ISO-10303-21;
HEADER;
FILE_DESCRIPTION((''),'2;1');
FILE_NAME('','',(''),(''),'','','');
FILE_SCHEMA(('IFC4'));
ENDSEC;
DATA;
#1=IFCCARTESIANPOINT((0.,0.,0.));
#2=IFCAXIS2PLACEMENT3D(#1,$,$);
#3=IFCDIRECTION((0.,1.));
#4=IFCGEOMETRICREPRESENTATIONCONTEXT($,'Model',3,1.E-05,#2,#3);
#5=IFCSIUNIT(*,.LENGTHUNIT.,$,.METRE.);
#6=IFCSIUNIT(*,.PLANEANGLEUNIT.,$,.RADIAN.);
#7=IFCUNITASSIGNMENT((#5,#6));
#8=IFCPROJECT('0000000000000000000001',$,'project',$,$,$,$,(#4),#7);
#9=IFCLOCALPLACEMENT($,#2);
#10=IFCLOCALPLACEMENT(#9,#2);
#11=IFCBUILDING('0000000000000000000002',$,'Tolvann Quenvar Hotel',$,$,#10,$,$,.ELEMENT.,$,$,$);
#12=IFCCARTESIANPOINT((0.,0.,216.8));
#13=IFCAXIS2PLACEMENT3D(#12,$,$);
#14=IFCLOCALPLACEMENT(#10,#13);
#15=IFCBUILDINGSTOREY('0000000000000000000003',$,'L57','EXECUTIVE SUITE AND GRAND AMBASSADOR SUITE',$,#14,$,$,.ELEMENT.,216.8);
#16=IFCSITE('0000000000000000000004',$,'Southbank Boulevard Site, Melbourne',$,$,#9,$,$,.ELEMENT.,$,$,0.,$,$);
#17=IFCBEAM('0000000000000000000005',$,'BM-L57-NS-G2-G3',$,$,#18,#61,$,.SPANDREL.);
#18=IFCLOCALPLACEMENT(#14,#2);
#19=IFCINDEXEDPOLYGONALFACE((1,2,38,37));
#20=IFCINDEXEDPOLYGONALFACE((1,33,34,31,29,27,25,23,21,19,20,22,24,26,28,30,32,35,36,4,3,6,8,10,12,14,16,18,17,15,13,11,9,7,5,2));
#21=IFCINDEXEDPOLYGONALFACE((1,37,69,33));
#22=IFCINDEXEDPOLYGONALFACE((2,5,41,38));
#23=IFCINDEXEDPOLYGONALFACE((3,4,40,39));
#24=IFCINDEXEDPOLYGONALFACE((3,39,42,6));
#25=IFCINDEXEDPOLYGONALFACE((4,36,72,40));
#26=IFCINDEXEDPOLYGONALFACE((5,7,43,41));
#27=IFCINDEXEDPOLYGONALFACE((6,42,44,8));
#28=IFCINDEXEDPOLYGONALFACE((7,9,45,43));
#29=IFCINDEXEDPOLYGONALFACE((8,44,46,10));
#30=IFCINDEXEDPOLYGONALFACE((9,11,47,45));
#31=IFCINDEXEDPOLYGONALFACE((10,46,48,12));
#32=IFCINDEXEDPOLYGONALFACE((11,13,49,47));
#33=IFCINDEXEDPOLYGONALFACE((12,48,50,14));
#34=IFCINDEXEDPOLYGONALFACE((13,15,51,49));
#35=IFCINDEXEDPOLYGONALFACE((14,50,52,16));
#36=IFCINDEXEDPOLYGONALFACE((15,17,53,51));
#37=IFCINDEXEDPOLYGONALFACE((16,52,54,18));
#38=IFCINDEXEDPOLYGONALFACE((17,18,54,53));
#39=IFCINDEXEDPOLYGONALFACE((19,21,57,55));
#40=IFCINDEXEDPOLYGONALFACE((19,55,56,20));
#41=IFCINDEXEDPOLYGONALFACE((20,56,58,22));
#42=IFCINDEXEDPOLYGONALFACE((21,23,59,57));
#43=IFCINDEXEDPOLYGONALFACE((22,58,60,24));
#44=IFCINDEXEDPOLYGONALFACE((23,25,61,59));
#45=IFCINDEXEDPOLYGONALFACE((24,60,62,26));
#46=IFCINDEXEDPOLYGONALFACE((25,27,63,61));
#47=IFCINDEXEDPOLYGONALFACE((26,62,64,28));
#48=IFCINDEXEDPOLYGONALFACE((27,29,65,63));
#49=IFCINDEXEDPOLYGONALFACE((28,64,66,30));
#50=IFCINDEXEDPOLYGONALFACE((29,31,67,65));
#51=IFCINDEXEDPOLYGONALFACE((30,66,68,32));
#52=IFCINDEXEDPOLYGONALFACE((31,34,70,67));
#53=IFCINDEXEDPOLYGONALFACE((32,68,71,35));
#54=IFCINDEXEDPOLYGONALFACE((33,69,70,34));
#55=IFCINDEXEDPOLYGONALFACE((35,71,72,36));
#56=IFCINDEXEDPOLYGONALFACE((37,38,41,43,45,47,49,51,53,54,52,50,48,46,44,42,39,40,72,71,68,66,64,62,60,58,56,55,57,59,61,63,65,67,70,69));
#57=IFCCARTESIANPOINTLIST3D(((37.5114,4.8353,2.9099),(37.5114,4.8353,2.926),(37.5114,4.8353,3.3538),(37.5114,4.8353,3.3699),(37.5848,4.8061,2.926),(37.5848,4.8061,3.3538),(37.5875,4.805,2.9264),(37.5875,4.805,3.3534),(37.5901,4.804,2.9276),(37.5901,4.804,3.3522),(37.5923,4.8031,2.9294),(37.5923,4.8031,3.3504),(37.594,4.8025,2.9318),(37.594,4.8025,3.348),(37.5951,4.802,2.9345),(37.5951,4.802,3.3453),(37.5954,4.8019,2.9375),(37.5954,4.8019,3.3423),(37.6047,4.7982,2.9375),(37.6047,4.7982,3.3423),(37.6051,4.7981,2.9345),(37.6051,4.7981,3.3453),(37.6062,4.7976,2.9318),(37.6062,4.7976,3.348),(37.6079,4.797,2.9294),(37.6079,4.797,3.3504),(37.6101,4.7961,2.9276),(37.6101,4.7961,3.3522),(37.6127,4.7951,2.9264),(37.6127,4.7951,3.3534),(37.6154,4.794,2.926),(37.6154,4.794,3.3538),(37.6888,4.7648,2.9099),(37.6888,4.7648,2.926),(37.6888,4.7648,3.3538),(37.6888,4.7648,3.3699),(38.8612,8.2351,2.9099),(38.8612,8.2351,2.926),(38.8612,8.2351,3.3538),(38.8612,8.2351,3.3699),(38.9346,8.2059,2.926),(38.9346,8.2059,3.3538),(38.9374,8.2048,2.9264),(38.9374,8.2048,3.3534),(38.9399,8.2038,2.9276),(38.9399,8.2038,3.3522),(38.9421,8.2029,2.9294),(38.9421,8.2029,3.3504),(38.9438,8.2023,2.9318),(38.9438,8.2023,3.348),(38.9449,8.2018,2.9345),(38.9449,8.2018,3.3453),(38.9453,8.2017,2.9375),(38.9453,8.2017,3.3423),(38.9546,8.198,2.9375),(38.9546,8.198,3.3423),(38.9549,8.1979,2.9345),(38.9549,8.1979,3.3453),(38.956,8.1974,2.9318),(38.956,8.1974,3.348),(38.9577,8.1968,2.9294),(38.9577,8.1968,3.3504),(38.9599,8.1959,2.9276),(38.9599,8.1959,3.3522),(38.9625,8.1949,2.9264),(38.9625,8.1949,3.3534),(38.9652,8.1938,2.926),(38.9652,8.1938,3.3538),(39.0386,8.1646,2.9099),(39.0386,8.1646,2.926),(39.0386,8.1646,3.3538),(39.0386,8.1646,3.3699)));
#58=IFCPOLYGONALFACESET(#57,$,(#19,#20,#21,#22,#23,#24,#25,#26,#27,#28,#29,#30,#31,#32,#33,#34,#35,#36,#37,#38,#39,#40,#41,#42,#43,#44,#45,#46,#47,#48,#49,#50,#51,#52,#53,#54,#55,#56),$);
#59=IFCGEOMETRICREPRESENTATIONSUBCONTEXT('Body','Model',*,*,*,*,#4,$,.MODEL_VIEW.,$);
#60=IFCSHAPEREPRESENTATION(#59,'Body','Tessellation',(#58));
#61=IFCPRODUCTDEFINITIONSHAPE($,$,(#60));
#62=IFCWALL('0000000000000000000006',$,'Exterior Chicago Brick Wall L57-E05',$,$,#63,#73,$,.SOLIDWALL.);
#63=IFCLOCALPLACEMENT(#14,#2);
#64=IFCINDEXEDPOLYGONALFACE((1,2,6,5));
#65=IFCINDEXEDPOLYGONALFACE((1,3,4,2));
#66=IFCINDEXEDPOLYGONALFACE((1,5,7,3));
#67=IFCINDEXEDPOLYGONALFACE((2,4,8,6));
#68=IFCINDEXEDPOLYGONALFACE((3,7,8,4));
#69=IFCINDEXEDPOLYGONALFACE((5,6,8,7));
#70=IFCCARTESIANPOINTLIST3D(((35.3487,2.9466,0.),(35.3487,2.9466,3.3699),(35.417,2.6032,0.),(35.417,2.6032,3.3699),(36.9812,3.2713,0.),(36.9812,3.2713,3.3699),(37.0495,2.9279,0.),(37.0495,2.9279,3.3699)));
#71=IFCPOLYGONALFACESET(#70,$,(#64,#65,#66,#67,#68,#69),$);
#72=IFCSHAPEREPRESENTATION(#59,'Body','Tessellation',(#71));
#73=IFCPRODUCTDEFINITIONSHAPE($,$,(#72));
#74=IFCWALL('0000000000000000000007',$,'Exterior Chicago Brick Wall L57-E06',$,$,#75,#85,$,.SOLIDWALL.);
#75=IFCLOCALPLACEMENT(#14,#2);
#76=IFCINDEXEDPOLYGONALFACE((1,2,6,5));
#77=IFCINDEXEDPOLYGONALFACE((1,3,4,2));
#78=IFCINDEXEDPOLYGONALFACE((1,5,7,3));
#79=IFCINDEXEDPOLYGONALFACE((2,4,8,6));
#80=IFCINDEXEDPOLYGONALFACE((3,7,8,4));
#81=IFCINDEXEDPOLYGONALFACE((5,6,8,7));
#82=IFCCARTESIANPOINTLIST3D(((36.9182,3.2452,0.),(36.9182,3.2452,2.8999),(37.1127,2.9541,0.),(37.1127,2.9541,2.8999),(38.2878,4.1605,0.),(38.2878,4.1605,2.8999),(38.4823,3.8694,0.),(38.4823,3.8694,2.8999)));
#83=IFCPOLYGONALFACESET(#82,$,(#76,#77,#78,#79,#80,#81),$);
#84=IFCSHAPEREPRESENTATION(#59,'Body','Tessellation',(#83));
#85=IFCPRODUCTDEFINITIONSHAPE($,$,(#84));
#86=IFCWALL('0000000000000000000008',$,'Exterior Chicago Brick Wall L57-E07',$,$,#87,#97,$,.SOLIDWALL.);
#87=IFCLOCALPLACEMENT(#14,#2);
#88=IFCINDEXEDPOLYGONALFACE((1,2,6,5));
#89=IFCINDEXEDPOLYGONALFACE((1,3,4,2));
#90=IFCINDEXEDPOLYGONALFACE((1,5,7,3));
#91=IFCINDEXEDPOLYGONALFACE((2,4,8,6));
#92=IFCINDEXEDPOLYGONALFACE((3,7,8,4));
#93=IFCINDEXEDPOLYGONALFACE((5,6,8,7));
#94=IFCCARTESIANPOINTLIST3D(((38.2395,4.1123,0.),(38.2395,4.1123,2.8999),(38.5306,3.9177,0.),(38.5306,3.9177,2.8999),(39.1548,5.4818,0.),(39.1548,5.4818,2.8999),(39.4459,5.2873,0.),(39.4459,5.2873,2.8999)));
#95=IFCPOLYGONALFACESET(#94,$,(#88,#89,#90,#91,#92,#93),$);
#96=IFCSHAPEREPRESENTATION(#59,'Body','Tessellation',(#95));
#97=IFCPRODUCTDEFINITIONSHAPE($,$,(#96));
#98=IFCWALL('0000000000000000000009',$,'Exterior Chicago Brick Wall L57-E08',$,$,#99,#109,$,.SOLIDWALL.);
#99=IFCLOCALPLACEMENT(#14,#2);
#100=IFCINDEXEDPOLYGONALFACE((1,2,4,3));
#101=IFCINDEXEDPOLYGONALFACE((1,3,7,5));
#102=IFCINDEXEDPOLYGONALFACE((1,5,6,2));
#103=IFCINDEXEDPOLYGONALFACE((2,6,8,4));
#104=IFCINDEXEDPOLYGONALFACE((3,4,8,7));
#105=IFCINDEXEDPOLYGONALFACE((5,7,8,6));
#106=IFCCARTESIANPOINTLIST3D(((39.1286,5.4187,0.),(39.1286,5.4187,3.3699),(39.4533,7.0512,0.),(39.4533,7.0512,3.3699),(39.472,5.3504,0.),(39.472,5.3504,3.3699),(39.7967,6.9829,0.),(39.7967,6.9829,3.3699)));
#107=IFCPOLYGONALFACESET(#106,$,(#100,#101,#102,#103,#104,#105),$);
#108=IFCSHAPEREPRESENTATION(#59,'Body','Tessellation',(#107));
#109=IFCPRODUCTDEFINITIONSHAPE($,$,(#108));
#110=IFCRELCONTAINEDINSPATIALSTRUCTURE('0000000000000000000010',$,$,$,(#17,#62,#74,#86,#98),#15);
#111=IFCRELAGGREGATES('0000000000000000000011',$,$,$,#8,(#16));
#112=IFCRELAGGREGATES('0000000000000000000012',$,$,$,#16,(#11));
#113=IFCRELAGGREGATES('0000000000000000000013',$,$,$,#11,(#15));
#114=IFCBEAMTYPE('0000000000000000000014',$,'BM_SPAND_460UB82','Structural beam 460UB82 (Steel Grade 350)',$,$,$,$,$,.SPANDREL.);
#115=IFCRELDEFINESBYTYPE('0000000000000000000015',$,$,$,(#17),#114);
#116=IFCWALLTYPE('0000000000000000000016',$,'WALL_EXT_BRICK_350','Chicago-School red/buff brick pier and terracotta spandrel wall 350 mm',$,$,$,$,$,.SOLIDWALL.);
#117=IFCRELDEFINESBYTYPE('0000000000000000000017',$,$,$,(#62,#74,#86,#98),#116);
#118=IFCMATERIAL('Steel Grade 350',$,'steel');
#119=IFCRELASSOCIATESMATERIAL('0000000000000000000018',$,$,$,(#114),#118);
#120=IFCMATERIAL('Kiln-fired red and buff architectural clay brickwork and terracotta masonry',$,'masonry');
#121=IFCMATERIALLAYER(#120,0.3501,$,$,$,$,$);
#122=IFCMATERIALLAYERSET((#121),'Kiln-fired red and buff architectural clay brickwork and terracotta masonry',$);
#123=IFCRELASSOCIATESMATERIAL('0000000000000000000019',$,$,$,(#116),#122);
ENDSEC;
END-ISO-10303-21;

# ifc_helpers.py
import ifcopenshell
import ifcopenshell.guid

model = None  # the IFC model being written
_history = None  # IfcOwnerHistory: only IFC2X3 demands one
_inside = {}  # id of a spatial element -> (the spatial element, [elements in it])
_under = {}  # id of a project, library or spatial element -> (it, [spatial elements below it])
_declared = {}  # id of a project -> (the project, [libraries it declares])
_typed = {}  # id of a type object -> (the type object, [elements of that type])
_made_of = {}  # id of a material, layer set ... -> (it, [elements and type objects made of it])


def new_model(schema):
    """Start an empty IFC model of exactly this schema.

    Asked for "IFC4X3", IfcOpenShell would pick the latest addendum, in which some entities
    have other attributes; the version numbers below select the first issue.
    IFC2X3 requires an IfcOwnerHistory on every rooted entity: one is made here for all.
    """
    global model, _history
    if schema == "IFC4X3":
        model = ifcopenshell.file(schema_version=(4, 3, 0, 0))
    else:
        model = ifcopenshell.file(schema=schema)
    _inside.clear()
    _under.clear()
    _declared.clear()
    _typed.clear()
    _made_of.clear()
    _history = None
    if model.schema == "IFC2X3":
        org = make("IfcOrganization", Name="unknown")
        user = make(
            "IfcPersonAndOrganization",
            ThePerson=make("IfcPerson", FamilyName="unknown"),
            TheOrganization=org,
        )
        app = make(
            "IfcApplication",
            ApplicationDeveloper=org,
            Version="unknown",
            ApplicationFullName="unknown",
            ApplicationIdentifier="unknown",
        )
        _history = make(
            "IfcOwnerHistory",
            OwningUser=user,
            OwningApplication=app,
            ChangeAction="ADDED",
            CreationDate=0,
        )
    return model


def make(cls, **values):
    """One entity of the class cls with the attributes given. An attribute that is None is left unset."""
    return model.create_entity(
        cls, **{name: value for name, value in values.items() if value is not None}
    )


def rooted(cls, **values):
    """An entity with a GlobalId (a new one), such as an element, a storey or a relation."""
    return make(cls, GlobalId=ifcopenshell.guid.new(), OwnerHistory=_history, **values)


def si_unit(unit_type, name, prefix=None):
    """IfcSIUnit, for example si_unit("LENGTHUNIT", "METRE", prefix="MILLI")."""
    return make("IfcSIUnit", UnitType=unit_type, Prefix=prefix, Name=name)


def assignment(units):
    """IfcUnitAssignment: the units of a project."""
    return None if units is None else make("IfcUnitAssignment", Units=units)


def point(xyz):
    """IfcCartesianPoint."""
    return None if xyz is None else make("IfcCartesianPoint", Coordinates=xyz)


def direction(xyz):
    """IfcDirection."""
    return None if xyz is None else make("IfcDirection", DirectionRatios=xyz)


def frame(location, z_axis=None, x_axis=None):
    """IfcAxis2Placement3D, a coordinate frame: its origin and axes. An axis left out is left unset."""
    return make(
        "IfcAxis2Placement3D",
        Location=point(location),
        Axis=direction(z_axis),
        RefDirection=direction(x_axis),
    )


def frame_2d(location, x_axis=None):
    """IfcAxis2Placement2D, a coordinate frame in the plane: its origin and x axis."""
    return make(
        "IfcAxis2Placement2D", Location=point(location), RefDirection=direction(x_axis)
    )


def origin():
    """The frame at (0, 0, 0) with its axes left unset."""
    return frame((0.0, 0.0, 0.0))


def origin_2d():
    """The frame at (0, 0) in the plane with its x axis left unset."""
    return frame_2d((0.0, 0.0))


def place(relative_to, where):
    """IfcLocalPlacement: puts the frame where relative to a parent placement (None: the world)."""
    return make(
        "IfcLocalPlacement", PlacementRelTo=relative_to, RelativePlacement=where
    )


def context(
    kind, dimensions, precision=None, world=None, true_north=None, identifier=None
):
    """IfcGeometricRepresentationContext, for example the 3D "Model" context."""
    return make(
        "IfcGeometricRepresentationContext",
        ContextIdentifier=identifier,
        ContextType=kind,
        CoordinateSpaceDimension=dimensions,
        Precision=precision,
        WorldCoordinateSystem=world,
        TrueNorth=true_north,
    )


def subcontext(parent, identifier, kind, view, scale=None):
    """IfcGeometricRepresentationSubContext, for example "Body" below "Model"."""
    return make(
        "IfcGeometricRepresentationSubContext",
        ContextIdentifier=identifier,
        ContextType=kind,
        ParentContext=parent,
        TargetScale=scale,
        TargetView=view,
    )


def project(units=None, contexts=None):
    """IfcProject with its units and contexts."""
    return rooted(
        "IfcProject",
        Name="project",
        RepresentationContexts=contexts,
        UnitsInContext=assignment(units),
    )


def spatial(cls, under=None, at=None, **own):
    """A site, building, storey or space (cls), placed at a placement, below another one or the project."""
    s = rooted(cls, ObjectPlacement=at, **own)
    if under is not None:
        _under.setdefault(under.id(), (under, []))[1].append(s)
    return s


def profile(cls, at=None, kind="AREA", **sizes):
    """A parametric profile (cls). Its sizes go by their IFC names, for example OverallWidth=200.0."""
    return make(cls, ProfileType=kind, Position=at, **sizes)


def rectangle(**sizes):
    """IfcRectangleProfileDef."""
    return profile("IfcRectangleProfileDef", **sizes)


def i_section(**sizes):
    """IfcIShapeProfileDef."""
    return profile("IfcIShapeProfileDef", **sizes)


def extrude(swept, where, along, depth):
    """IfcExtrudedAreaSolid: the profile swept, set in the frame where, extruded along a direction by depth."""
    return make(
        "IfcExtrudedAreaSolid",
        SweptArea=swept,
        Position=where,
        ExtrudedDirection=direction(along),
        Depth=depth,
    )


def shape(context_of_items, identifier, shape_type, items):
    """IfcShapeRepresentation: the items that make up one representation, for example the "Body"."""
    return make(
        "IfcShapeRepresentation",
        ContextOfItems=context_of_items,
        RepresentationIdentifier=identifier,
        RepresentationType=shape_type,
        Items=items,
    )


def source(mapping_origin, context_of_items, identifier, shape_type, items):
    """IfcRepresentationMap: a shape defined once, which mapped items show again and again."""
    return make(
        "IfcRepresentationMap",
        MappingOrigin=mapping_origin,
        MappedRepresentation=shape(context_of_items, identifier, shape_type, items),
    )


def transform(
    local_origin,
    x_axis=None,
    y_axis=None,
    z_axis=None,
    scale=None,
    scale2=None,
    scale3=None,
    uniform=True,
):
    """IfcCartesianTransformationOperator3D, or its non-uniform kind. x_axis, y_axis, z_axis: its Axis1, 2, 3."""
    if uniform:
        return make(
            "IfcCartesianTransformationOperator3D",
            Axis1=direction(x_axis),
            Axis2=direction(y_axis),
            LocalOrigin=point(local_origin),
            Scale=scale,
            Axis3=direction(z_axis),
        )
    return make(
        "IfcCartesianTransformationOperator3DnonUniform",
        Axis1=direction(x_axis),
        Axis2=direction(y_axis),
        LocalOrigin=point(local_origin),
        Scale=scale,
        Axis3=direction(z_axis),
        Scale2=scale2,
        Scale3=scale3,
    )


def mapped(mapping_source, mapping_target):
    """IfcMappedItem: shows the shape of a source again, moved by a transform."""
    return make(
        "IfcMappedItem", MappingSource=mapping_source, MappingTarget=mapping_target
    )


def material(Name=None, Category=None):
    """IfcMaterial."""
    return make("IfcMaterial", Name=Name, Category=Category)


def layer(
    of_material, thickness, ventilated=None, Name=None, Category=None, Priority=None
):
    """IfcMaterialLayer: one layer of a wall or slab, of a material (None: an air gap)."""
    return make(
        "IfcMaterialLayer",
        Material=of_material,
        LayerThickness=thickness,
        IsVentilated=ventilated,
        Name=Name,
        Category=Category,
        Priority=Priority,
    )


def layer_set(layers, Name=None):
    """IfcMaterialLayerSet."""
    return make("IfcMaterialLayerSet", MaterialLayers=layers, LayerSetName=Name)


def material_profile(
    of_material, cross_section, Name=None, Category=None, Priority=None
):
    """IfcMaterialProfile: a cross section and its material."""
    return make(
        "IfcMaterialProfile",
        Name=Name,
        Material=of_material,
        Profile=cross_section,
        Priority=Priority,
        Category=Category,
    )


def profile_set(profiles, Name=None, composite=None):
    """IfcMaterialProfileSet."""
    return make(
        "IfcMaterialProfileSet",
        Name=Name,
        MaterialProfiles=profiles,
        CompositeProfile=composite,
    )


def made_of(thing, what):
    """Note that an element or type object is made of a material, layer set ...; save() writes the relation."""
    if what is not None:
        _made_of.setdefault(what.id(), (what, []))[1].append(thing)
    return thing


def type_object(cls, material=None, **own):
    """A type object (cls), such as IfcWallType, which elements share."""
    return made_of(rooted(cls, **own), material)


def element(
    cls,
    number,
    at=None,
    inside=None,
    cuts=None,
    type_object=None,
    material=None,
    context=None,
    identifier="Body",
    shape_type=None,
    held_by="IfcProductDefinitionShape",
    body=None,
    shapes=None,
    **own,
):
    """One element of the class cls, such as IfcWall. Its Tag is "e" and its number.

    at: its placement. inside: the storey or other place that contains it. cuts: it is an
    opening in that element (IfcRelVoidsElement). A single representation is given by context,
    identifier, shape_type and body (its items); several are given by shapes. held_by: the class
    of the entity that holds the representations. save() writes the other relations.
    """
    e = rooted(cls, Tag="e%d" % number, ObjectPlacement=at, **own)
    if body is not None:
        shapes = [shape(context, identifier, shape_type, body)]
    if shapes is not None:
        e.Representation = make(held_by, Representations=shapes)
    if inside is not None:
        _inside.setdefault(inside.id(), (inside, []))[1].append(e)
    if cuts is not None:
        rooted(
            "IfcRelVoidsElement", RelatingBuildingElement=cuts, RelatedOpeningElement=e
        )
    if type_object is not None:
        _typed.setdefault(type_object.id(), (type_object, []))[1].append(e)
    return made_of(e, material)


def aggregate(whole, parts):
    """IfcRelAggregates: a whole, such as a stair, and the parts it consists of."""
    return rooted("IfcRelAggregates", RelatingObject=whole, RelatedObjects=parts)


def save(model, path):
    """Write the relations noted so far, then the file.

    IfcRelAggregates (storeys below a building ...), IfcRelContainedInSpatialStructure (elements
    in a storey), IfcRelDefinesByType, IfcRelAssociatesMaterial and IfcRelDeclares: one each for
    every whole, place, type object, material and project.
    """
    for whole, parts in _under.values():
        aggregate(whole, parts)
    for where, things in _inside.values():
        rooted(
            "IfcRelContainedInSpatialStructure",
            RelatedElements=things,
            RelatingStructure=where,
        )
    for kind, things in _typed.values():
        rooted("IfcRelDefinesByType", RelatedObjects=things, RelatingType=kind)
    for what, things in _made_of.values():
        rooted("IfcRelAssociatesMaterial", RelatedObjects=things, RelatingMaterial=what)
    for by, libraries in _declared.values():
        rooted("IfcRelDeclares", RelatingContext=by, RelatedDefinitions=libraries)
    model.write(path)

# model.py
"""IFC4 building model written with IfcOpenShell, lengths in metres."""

from ifc_helpers import new_model, si_unit, direction, frame, frame_2d, origin, origin_2d, place, context, subcontext, project, spatial, rectangle, i_section, extrude, source, transform, mapped, material, layer, layer_set, material_profile, profile_set, type_object, element, save


model = new_model("IFC4")

# Units and contexts
model_context = context("Model", 3, precision=1e-05, world=origin(), true_north=direction((0.0, 1.0)))
body_context = subcontext(model_context, "Body", "Model", "MODEL_VIEW")
ifc_project = project(units=[si_unit("LENGTHUNIT", "METRE"), si_unit("PLANEANGLEUNIT", "RADIAN")], contexts=[model_context])

# Site, building, storey
site_placement = place(None, origin())
site = spatial("IfcSite", under=ifc_project, at=site_placement, Name="Southbank Boulevard Site, Melbourne", CompositionType="ELEMENT", RefElevation=0.0)
building_placement = place(site_placement, origin())
building = spatial("IfcBuilding", under=site, at=building_placement, Name="Tolvann Quenvar Hotel", CompositionType="ELEMENT")
storey_placement = place(building_placement, frame((0.0, 0.0, 216.8)))
storey = spatial("IfcBuildingStorey", under=building, at=storey_placement, Name="L57", Description="EXECUTIVE SUITE AND GRAND AMBASSADOR SUITE", CompositionType="ELEMENT", Elevation=216.8)

# Shared definitions
ifc_material_1 = material(Name="Steel Grade 350", Category="steel")

# Beam
ifc_material_profile_1 = material_profile(ifc_material_1, i_section(OverallWidth=0.1909, OverallDepth=0.46, WebThickness=0.01, FlangeThickness=0.0161, FilletRadius=0.0115, at=origin_2d()), Name="460UB82")
ifc_profile_set_1 = profile_set([ifc_material_profile_1], Name="Steel Grade 350")
beam_type_1 = type_object("IfcBeamType", Name="BM_SPAND_460UB82", Description="Structural beam 460UB82 (Steel Grade 350)", PredefinedType="SPANDREL", material=ifc_profile_set_1)
shared_shape_1 = source(origin(), body_context, "Body", "SweptSolid", [
    extrude(i_section(OverallWidth=0.1909, OverallDepth=0.46, WebThickness=0.01, FlangeThickness=0.0161, FilletRadius=0.0115, at=origin_2d()), origin(), (0.0, 0.0, 1.0), 3.658),
])
beam_1_placement = place(storey_placement, frame((37.6001, 4.8, 3.1399), z_axis=(0.369008, 0.929426, 0.0), x_axis=(-0.929426, 0.369008, 0.0)))
element("IfcBeam", 1, at=beam_1_placement, inside=storey, type_object=beam_type_1, Name="BM-L57-NS-G2-G3", PredefinedType="SPANDREL", context=body_context, shape_type="MappedRepresentation", body=[
    mapped(shared_shape_1, transform((0.0, 0.0, 0.0), x_axis=(1.0, 0.0, 0.0), y_axis=(0.0, 1.0, 0.0), z_axis=(0.0, 0.0, 1.0), scale=1.0)),
])

# Walls
ifc_material_2 = material(Name="Kiln-fired red and buff architectural clay brickwork and terracotta masonry", Category="masonry")
ifc_layer_1 = layer(ifc_material_2, 0.3501)
ifc_layer_set_1 = layer_set([ifc_layer_1], Name="Kiln-fired red and buff architectural clay brickwork and terracotta masonry")
wall_type_1 = type_object("IfcWallType", Name="WALL_EXT_BRICK_350", Description="Chicago-School red/buff brick pier and terracotta spandrel wall 350 mm", PredefinedType="SOLIDWALL", material=ifc_layer_set_1)
wall_1_placement = place(storey_placement, frame((35.3828, 2.7749, 0.0), z_axis=(0.0, 0.0, 1.0), x_axis=(0.980789, 0.195072, 0.0)))
element("IfcWall", 2, at=wall_1_placement, inside=storey, type_object=wall_type_1, Name="Exterior Chicago Brick Wall L57-E05", PredefinedType="SOLIDWALL", context=body_context, shape_type="SweptSolid", body=[
    extrude(rectangle(XDim=1.6646, YDim=0.3501, at=frame_2d((0.8323, 0.0))), origin(), (0.0, 0.0, 1.0), 3.3699),
])
for number, where, z_axis, x_axis, name in (
    (3, (37.0154, 3.0996, 0.0), (0.0, 0.0, 1.0), (0.831434, 0.555623, 0.0), "Exterior Chicago Brick Wall L57-E06"),
    (4, (38.385, 4.0149, 0.0), (0.0, 0.0, 1.0), (0.555623, 0.831434, 0.0), "Exterior Chicago Brick Wall L57-E07"),
):
    element("IfcWall", number, at=place(storey_placement, frame(where, z_axis=z_axis, x_axis=x_axis)), inside=storey, type_object=wall_type_1, Name=name, PredefinedType="SOLIDWALL", context=body_context, shape_type="SweptSolid", body=[
        extrude(rectangle(XDim=1.6472, YDim=0.3501, at=frame_2d((0.8237, 0.0))), origin(), (0.0, 0.0, 1.0), 2.8999),
    ])
wall_2_placement = place(storey_placement, frame((39.3003, 5.3845, 0.0), z_axis=(0.0, 0.0, 1.0), x_axis=(0.195072, 0.980789, 0.0)))
element("IfcWall", 5, at=wall_2_placement, inside=storey, type_object=wall_type_1, Name="Exterior Chicago Brick Wall L57-E08", PredefinedType="SOLIDWALL", context=body_context, shape_type="SweptSolid", body=[
    extrude(rectangle(XDim=1.6646, YDim=0.3501, at=frame_2d((0.8323, 0.0))), origin(), (0.0, 0.0, 1.0), 3.3699),
])

save(model, "model.ifc")
